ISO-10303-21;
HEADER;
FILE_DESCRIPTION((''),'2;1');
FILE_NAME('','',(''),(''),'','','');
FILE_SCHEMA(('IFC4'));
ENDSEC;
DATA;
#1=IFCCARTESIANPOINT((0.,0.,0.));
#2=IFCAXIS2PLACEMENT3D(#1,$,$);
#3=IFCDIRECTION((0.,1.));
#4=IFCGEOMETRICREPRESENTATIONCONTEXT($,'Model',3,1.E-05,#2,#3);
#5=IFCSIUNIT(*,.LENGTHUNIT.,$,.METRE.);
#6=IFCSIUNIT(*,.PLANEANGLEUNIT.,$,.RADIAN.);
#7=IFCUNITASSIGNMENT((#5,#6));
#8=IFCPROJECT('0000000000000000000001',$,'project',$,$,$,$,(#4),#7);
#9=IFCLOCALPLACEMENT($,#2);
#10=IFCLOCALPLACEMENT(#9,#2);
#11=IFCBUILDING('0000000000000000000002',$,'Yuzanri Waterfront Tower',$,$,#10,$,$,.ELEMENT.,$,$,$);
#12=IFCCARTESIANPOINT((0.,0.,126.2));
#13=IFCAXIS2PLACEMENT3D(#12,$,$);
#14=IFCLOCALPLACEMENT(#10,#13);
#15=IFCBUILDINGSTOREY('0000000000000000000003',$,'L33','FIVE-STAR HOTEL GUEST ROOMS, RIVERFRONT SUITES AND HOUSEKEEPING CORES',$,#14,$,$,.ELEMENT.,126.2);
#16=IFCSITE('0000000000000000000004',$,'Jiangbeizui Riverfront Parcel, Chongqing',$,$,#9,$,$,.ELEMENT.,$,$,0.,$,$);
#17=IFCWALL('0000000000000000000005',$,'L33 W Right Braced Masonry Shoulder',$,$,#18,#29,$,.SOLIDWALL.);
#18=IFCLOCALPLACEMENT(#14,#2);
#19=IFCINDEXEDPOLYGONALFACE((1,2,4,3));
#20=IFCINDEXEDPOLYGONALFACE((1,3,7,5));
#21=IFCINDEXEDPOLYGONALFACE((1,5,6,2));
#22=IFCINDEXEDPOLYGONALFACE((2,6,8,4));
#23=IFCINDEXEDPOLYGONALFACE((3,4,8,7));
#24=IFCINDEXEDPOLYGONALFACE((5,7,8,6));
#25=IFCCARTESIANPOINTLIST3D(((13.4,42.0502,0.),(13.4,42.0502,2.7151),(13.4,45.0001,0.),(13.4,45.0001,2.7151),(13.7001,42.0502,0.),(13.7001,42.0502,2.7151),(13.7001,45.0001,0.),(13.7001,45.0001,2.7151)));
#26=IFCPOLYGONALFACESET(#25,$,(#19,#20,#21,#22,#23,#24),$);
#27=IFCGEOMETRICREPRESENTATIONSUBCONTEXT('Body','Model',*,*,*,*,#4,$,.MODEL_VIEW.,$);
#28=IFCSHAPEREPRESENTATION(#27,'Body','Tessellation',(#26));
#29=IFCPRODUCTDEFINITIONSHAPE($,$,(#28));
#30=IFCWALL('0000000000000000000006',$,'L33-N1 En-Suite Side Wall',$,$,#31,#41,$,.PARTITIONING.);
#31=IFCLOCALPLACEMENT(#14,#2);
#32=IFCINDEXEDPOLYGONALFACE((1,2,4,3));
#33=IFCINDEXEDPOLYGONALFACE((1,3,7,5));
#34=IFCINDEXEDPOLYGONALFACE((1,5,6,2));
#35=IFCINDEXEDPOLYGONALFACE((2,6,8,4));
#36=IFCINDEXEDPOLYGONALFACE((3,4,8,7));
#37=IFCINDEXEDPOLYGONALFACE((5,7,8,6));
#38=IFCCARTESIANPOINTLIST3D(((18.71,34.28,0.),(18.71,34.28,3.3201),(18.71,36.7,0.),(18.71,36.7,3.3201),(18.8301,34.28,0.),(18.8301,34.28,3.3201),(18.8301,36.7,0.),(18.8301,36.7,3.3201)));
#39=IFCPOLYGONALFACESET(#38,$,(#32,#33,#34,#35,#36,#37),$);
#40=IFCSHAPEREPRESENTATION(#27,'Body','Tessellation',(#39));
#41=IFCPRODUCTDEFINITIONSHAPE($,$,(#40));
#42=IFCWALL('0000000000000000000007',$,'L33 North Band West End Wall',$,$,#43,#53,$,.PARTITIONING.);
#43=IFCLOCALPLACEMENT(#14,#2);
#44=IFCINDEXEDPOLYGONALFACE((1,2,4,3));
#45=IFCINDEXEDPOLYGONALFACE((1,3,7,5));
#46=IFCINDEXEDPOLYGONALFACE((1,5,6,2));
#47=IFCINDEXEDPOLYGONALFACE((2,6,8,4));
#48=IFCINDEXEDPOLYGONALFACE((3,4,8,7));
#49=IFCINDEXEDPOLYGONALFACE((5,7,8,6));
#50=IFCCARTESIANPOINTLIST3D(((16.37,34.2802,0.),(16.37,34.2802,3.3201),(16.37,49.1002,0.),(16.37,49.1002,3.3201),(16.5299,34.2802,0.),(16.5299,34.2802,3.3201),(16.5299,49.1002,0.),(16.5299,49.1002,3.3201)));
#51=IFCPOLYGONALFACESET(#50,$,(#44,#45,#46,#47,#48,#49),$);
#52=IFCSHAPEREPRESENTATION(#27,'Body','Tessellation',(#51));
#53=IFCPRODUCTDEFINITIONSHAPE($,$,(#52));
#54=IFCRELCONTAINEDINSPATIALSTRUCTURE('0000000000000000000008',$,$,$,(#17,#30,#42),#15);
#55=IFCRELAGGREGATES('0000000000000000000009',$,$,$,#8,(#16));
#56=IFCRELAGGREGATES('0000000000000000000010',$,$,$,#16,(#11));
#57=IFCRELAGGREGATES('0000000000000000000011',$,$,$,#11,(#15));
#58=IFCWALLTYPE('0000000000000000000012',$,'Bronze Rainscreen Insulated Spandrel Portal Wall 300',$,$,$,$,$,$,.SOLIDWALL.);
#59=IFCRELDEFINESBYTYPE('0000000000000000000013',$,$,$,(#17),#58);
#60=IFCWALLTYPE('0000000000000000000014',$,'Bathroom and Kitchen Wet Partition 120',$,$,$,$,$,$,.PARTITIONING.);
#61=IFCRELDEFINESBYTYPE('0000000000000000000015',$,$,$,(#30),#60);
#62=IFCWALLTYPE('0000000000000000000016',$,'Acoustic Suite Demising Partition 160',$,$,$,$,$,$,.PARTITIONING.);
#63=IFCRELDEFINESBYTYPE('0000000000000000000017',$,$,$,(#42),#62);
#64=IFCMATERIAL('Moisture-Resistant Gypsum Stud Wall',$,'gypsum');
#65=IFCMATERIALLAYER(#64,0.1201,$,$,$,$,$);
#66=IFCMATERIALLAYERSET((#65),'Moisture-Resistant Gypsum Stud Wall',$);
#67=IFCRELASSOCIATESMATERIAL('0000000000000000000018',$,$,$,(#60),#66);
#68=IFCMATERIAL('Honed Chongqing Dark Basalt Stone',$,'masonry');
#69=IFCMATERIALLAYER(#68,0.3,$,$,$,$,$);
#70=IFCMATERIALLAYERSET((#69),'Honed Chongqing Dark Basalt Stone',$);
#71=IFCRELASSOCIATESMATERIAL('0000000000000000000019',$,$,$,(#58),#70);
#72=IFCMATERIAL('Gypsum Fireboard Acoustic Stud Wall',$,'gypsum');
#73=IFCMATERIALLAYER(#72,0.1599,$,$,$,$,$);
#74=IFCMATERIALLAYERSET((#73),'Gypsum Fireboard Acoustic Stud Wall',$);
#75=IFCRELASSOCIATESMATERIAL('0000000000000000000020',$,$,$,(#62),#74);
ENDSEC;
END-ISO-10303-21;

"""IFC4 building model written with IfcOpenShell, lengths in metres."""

from ifc_helpers import new_model, si_unit, direction, frame, frame_2d, origin, place, context, subcontext, project, spatial, rectangle, extrude, source, transform, mapped, material, layer, layer_set, type_object, element, save


model = new_model("IFC4")

# Units and contexts
model_context = context("Model", 3, precision=1e-05, world=origin(), true_north=direction((0.0, 1.0)))
body_context = subcontext(model_context, "Body", "Model", "MODEL_VIEW")
ifc_project = project(units=[si_unit("LENGTHUNIT", "METRE"), si_unit("PLANEANGLEUNIT", "RADIAN")], contexts=[model_context])

# Site, building, storey
site_placement = place(None, origin())
site = spatial("IfcSite", under=ifc_project, at=site_placement, Name="Jiangbeizui Riverfront Parcel, Chongqing", CompositionType="ELEMENT", RefElevation=0.0)
building_placement = place(site_placement, origin())
building = spatial("IfcBuilding", under=site, at=building_placement, Name="Yuzanri Waterfront Tower", CompositionType="ELEMENT")
storey_placement = place(building_placement, frame((0.0, 0.0, 126.2)))
storey = spatial("IfcBuildingStorey", under=building, at=storey_placement, Name="L33", Description="FIVE-STAR HOTEL GUEST ROOMS, RIVERFRONT SUITES AND HOUSEKEEPING CORES", CompositionType="ELEMENT", Elevation=126.2)

# Shared definitions
ifc_material_1 = material(Name="Moisture-Resistant Gypsum Stud Wall", Category="gypsum")
ifc_layer_1 = layer(ifc_material_1, 0.1201)
ifc_layer_set_1 = layer_set([ifc_layer_1], Name="Moisture-Resistant Gypsum Stud Wall")
wall_type_1 = type_object("IfcWallType", Name="Bathroom and Kitchen Wet Partition 120", PredefinedType="PARTITIONING", material=ifc_layer_set_1)

# Shared definitions
ifc_material_2 = material(Name="Honed Chongqing Dark Basalt Stone", Category="masonry")
ifc_layer_2 = layer(ifc_material_2, 0.3)
ifc_layer_set_2 = layer_set([ifc_layer_2], Name="Honed Chongqing Dark Basalt Stone")
wall_type_2 = type_object("IfcWallType", Name="Bronze Rainscreen Insulated Spandrel Portal Wall 300", PredefinedType="SOLIDWALL", material=ifc_layer_set_2)

# Walls
shared_shape_1 = source(origin(), body_context, "Body", "SweptSolid", [
    extrude(rectangle(XDim=2.95, YDim=0.3, at=frame_2d((1.4751, 0.0))), origin(), (0.0, 0.0, 1.0), 2.7151),
])
for number, where, z_axis, x_axis, name in (
    (1, (13.55, 42.05, 0.0), (0.0, 0.0, 1.0), (0.0, 1.0, 0.0), "L33 W Right Braced Masonry Shoulder"),
):
    element("IfcWall", number, at=place(storey_placement, frame(where, z_axis=z_axis, x_axis=x_axis)), inside=storey, type_object=wall_type_2, Name=name, PredefinedType="SOLIDWALL", context=body_context, shape_type="MappedRepresentation", body=[
        mapped(shared_shape_1, transform((0.0, 0.0, 0.0), scale=1.0)),
    ])
shared_shape_2 = source(origin(), body_context, "Body", "SweptSolid", [
    extrude(rectangle(XDim=2.4199, YDim=0.1201, at=frame_2d((1.21, 0.0))), origin(), (0.0, 0.0, 1.0), 3.3201),
])
wall_1_placement = place(storey_placement, frame((18.77, 34.28, 0.0), z_axis=(0.0, 0.0, 1.0), x_axis=(0.0, 1.0, 0.0)))
element("IfcWall", 2, at=wall_1_placement, inside=storey, type_object=wall_type_1, Name="L33-N1 En-Suite Side Wall", PredefinedType="PARTITIONING", context=body_context, shape_type="MappedRepresentation", body=[
    mapped(shared_shape_2, transform((0.0, 0.0, 0.0), scale=1.0)),
])
ifc_material_3 = material(Name="Gypsum Fireboard Acoustic Stud Wall", Category="gypsum")
ifc_layer_3 = layer(ifc_material_3, 0.1599)
ifc_layer_set_3 = layer_set([ifc_layer_3], Name="Gypsum Fireboard Acoustic Stud Wall")
wall_type_3 = type_object("IfcWallType", Name="Acoustic Suite Demising Partition 160", PredefinedType="PARTITIONING", material=ifc_layer_set_3)
shared_shape_3 = source(origin(), body_context, "Body", "SweptSolid", [
    extrude(rectangle(XDim=14.8201, YDim=0.1599, at=frame_2d((7.4102, 0.0))), origin(), (0.0, 0.0, 1.0), 3.3201),
])
wall_2_placement = place(storey_placement, frame((16.45, 34.28, 0.0), z_axis=(0.0, 0.0, 1.0), x_axis=(0.0, 1.0, 0.0)))
element("IfcWall", 3, at=wall_2_placement, inside=storey, type_object=wall_type_3, Name="L33 North Band West End Wall", PredefinedType="PARTITIONING", context=body_context, shape_type="MappedRepresentation", body=[
    mapped(shared_shape_3, transform((0.0, 0.0, 0.0), scale=1.0)),
])

save(model, "model.ifc")
